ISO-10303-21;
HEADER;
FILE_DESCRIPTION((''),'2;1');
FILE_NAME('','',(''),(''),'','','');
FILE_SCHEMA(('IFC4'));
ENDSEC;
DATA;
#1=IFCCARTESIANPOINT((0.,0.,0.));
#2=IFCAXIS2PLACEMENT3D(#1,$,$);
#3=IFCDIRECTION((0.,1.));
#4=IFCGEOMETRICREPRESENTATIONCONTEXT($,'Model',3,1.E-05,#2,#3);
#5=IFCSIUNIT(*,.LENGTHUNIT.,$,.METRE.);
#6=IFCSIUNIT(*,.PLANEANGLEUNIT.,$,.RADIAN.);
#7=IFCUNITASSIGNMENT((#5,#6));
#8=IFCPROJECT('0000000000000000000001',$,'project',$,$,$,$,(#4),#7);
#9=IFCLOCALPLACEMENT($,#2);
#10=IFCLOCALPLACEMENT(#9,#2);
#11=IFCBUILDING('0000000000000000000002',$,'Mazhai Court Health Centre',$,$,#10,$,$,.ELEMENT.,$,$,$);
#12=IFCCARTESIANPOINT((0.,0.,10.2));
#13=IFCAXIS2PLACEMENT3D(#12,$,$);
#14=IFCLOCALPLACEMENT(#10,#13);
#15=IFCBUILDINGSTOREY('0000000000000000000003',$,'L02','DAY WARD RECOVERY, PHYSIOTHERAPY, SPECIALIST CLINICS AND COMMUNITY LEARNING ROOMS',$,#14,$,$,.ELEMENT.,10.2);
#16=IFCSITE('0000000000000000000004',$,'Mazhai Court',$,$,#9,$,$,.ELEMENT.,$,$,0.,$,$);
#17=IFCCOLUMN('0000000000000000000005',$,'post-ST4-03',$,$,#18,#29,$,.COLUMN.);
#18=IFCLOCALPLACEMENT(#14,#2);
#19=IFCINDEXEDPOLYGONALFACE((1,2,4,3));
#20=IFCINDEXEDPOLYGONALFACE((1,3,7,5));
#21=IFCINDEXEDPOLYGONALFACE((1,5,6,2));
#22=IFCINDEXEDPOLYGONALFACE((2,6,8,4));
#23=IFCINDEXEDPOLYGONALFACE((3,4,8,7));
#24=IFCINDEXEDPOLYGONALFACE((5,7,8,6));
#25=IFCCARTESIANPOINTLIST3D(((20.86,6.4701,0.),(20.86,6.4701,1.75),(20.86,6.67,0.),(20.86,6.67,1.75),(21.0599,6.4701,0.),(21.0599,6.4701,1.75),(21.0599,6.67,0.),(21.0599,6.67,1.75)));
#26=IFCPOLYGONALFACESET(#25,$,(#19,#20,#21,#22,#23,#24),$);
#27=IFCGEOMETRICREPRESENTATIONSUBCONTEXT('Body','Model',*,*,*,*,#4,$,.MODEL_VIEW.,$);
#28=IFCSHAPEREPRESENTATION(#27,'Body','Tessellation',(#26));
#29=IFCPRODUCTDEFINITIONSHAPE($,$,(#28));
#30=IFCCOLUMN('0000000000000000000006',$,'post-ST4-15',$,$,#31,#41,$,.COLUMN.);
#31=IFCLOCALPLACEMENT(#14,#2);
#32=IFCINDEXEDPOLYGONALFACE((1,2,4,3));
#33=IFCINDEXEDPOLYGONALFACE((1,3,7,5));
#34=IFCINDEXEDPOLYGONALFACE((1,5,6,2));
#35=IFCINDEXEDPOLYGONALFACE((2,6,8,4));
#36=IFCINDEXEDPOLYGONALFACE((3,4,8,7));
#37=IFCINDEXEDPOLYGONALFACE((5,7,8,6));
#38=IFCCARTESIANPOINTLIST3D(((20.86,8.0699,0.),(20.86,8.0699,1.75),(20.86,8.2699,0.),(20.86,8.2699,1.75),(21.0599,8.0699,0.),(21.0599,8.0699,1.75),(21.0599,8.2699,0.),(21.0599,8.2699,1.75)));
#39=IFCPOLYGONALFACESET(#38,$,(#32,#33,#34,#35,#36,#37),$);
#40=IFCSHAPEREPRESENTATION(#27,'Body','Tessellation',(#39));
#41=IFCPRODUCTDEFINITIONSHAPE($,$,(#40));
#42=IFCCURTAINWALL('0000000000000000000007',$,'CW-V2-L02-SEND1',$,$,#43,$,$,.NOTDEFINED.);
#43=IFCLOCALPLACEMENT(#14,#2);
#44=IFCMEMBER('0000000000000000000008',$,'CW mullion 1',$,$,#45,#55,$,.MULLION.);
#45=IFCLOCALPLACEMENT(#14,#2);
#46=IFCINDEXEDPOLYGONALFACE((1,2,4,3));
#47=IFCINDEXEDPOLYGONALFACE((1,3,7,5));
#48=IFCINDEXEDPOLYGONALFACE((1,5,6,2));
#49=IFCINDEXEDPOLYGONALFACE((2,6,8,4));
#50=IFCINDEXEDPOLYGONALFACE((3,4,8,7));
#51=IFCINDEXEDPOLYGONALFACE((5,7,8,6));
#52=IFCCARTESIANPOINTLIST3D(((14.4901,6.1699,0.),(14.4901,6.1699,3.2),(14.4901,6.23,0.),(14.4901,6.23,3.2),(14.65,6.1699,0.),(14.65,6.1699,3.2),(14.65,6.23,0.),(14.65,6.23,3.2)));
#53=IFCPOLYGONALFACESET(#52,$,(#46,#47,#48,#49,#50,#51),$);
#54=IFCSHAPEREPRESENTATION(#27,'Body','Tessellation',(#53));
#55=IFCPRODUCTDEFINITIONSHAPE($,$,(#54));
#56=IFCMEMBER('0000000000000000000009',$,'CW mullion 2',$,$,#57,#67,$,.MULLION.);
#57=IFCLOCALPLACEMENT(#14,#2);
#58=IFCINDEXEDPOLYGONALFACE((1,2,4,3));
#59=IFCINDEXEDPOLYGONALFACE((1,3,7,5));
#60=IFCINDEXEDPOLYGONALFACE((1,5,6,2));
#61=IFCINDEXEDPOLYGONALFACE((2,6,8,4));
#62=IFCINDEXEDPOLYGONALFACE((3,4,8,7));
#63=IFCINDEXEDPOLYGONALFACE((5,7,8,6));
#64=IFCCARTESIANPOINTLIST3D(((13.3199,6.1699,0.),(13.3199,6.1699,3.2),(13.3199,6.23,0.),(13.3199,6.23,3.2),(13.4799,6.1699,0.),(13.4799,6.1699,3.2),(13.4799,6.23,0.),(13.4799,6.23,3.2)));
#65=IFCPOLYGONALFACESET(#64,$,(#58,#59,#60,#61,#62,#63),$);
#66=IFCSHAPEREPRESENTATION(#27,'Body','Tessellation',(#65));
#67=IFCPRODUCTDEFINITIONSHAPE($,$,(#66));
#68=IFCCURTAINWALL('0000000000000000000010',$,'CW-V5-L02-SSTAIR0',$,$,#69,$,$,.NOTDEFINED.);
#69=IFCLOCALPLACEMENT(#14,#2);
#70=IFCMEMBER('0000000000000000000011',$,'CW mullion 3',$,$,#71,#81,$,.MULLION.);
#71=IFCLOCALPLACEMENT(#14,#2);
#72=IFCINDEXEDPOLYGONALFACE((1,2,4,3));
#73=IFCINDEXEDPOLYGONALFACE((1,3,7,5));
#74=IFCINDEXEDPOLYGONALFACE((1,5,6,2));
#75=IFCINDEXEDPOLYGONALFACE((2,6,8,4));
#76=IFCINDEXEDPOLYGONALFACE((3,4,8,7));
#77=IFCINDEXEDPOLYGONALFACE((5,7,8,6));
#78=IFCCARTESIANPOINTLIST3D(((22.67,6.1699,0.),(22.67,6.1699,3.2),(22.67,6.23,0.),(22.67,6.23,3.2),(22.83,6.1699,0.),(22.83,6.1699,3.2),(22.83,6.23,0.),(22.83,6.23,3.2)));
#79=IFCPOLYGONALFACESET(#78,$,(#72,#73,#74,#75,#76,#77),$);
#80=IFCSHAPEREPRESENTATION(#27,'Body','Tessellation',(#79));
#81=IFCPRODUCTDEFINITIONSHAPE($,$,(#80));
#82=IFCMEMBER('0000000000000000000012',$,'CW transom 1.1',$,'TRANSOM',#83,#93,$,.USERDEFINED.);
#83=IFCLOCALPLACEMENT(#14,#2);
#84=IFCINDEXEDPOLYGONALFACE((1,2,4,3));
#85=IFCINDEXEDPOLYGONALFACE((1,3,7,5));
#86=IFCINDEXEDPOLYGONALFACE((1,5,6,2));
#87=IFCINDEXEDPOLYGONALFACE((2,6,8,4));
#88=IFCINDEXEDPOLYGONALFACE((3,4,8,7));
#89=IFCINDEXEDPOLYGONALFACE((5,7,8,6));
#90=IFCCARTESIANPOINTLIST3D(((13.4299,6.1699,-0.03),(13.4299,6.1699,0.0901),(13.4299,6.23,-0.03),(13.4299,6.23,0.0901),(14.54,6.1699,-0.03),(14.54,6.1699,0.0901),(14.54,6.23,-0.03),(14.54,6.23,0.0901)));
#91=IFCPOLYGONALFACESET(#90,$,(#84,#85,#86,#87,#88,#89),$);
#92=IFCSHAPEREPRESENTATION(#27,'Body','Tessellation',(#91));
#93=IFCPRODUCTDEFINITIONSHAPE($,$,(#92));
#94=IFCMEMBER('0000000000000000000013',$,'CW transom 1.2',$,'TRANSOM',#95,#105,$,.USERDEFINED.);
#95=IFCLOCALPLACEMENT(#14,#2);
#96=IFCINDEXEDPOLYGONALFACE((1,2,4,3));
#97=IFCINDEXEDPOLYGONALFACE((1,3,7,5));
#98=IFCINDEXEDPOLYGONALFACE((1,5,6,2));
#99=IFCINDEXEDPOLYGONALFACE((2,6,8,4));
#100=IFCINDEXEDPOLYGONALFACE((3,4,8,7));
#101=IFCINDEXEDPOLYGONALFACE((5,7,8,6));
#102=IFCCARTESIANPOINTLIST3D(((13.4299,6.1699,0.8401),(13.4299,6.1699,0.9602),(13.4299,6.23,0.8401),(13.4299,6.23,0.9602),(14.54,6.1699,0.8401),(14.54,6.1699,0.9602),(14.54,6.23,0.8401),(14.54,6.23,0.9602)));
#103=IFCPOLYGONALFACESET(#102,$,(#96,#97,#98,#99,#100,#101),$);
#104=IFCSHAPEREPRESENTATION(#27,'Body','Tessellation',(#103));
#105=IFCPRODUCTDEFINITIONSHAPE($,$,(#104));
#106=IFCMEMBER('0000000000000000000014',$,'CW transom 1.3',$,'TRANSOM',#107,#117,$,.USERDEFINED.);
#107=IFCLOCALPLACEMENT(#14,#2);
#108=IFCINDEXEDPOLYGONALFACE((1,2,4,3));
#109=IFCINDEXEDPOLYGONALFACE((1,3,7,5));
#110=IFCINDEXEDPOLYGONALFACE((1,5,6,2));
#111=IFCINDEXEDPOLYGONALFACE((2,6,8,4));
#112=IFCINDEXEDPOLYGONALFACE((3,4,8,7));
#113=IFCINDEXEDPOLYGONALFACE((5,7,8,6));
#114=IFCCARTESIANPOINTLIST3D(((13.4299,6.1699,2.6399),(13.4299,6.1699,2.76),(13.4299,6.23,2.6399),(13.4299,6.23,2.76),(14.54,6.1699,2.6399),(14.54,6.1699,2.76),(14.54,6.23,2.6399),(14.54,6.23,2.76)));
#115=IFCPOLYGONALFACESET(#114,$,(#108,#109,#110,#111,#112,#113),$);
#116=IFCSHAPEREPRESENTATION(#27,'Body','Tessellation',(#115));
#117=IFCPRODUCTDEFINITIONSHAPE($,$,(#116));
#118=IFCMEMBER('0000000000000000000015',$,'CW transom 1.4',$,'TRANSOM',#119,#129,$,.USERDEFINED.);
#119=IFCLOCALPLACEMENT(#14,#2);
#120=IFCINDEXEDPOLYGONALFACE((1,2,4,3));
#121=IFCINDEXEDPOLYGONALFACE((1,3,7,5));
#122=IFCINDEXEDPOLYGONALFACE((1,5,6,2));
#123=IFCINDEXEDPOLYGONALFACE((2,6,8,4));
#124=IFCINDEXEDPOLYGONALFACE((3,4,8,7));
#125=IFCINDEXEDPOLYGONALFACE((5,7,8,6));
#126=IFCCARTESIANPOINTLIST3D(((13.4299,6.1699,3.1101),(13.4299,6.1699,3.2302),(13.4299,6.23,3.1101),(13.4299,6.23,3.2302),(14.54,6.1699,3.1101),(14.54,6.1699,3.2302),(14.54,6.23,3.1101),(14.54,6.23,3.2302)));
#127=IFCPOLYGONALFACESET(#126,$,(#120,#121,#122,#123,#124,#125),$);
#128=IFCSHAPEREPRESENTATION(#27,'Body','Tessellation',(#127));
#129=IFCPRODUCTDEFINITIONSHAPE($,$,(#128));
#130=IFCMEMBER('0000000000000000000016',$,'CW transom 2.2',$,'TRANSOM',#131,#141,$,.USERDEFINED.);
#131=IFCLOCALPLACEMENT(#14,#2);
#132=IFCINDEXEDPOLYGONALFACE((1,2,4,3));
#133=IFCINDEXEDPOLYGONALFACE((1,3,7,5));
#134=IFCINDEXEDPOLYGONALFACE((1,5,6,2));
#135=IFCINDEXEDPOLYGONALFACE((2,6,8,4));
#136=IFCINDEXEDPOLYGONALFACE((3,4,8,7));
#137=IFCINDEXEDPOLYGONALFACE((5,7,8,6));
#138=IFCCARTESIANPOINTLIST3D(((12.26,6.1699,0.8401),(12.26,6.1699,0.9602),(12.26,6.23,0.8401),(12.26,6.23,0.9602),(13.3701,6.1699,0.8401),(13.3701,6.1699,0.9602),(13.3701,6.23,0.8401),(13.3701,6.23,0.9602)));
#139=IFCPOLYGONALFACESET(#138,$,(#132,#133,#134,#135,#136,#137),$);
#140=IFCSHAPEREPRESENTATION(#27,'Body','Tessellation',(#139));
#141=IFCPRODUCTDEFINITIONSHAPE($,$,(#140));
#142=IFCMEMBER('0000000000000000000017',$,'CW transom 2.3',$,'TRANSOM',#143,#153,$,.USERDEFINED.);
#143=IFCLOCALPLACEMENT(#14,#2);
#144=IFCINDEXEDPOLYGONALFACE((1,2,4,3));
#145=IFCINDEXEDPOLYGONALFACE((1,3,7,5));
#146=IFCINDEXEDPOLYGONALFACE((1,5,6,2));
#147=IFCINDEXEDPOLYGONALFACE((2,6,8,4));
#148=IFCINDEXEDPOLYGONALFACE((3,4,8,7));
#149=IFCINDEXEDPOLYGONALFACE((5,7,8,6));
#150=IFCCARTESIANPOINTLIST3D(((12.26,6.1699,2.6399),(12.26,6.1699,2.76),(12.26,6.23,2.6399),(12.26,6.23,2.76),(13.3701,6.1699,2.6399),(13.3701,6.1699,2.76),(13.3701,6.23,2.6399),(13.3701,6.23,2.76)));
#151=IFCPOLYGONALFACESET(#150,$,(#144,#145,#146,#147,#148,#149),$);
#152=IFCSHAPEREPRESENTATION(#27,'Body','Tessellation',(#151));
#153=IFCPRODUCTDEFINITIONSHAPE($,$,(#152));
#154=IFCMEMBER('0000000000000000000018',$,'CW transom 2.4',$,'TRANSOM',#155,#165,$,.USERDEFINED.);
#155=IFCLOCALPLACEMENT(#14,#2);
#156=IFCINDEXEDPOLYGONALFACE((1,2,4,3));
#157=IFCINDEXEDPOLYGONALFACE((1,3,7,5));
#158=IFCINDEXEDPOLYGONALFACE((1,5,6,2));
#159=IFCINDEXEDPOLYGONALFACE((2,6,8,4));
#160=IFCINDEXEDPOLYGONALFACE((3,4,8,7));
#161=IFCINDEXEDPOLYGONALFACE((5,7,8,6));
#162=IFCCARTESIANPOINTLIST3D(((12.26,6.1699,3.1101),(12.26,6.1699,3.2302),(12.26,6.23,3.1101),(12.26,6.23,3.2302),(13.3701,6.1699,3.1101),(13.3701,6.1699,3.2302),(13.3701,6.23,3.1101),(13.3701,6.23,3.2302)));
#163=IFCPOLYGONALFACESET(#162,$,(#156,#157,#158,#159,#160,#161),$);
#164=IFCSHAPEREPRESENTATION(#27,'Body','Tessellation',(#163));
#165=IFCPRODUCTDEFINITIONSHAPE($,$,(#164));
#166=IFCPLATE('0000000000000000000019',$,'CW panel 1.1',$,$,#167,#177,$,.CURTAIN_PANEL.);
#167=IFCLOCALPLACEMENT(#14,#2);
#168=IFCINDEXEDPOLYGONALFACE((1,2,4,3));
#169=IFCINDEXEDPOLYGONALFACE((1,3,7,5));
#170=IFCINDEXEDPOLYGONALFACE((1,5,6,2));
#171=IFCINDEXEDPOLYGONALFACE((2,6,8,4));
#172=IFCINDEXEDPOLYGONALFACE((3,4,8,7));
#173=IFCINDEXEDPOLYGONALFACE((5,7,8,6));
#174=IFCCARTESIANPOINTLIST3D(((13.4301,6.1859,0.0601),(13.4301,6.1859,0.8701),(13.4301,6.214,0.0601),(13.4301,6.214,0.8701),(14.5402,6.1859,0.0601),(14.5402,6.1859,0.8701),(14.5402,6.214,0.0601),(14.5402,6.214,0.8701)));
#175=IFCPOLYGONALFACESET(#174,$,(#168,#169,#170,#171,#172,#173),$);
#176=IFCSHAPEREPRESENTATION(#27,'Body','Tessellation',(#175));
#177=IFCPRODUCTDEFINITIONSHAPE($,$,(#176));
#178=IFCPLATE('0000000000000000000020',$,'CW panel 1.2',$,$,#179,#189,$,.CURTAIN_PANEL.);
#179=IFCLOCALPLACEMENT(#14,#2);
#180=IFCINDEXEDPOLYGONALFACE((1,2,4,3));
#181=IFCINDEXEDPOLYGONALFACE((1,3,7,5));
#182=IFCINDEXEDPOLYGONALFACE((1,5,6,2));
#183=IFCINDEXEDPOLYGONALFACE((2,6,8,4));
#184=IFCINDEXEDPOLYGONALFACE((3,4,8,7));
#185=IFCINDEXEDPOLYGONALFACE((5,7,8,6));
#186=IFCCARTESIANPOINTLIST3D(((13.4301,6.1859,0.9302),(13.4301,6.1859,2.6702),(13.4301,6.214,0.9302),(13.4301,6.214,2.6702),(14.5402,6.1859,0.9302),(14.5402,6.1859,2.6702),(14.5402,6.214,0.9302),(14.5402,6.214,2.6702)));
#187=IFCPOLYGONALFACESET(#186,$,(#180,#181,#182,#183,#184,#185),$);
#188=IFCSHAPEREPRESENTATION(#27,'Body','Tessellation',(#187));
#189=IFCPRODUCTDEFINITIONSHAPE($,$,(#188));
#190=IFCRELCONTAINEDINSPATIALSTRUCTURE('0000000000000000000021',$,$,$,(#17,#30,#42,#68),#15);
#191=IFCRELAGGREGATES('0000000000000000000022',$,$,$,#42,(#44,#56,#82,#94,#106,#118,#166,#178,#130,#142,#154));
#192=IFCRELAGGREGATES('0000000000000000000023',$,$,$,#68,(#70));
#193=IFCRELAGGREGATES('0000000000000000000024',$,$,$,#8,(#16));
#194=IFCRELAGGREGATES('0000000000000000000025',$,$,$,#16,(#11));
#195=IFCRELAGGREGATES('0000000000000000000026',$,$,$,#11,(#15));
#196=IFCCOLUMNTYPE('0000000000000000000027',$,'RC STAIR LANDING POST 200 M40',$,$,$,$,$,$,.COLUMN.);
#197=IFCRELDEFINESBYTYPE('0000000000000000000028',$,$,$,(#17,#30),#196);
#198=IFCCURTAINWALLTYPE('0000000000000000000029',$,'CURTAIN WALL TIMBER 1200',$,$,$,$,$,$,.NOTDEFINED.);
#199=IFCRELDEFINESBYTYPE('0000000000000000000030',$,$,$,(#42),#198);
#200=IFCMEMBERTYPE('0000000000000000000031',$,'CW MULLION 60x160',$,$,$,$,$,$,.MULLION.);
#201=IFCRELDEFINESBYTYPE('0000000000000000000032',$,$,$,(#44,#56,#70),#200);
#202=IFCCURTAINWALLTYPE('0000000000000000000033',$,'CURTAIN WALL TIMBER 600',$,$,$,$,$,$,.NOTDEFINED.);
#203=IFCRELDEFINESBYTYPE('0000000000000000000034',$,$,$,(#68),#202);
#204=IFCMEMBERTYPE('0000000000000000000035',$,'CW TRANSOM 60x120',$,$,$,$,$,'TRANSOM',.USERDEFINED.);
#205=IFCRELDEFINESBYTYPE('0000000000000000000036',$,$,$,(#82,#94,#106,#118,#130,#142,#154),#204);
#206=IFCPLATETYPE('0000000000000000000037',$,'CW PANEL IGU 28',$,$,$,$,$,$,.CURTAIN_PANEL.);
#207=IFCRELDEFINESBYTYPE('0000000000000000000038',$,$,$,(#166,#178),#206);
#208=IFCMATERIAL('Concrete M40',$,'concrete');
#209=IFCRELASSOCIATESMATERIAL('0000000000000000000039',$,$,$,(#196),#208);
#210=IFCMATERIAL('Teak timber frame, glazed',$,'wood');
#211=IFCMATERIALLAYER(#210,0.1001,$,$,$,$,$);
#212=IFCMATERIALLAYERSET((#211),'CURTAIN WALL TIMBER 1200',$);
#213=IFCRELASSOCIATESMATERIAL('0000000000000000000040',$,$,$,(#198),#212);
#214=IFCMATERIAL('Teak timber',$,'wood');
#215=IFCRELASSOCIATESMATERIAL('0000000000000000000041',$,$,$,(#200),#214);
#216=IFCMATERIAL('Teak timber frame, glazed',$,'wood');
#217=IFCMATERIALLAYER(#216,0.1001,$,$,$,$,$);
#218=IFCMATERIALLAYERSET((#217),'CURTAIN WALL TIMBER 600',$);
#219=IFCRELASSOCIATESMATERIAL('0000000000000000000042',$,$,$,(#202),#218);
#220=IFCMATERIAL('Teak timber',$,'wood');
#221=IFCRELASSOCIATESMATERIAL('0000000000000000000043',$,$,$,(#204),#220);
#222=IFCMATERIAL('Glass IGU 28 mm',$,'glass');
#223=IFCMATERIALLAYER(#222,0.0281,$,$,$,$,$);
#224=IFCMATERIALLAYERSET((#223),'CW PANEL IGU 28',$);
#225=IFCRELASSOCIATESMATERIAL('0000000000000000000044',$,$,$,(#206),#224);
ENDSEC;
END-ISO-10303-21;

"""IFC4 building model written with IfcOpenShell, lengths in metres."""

from ifc_helpers import new_model, si_unit, direction, frame, origin, origin_2d, place, context, subcontext, project, spatial, rectangle, extrude, material, layer, layer_set, material_profile, profile_set, type_object, element, aggregate, save


model = new_model("IFC4")

# Units and contexts
model_context = context("Model", 3, precision=1e-05, world=origin(), true_north=direction((0.0, 1.0)))
body_context = subcontext(model_context, "Body", "Model", "MODEL_VIEW")
ifc_project = project(units=[si_unit("LENGTHUNIT", "METRE"), si_unit("PLANEANGLEUNIT", "RADIAN")], contexts=[model_context])

# Site, building, storey
site_placement = place(None, origin())
site = spatial("IfcSite", under=ifc_project, at=site_placement, Name="Mazhai Court", CompositionType="ELEMENT", RefElevation=0.0)
building_placement = place(site_placement, origin())
building = spatial("IfcBuilding", under=site, at=building_placement, Name="Mazhai Court Health Centre", CompositionType="ELEMENT")
storey_placement = place(building_placement, frame((0.0, 0.0, 10.2)))
storey = spatial("IfcBuildingStorey", under=building, at=storey_placement, Name="L02", Description="DAY WARD RECOVERY, PHYSIOTHERAPY, SPECIALIST CLINICS AND COMMUNITY LEARNING ROOMS", CompositionType="ELEMENT", Elevation=10.2)

# Columns
ifc_material_1 = material(Name="Concrete M40", Category="concrete")
ifc_material_profile_1 = material_profile(ifc_material_1, rectangle(XDim=0.2, YDim=0.2, at=origin_2d()), Name="RC 200x200")
ifc_profile_set_1 = profile_set([ifc_material_profile_1], Name="Concrete M40")
column_type = type_object("IfcColumnType", Name="RC STAIR LANDING POST 200 M40", PredefinedType="COLUMN", material=ifc_profile_set_1)
for number, where, z_axis, x_axis, name in (
    (1, (20.96, 6.5701, 0.0), (0.0, 0.0, 1.0), (1.0, 0.0, 0.0), "post-ST4-03"),
    (2, (20.96, 8.1699, 0.0), (0.0, 0.0, 1.0), (1.0, 0.0, 0.0), "post-ST4-15"),
):
    element("IfcColumn", number, at=place(storey_placement, frame(where, z_axis=z_axis, x_axis=x_axis)), inside=storey, type_object=column_type, Name=name, PredefinedType="COLUMN", context=body_context, shape_type="SweptSolid", body=[
        extrude(rectangle(XDim=0.2, YDim=0.2, at=origin_2d()), origin(), (0.0, 0.0, 1.0), 1.75),
    ])

# Curtain wall, members
ifc_material_2 = material(Name="Teak timber frame, glazed", Category="wood")
ifc_layer_1 = layer(ifc_material_2, 0.1001)
ifc_layer_set_1 = layer_set([ifc_layer_1], Name="CURTAIN WALL TIMBER 1200")
curtain_wall_type_1 = type_object("IfcCurtainWallType", Name="CURTAIN WALL TIMBER 1200", PredefinedType="NOTDEFINED", material=ifc_layer_set_1)
curtain_wall_1_placement = place(storey_placement, origin())
curtain_wall_1 = element("IfcCurtainWall", 3, at=curtain_wall_1_placement, inside=storey, type_object=curtain_wall_type_1, Name="CW-V2-L02-SEND1", PredefinedType="NOTDEFINED")
ifc_material_3 = material(Name="Teak timber", Category="wood")
ifc_material_profile_2 = material_profile(ifc_material_3, rectangle(XDim=0.0601, YDim=0.1599, at=origin_2d()), Name="CW MULLION 60x160")
ifc_profile_set_2 = profile_set([ifc_material_profile_2], Name="Teak timber")
member_type_1 = type_object("IfcMemberType", Name="CW MULLION 60x160", PredefinedType="MULLION", material=ifc_profile_set_2)
member_1_placement = place(storey_placement, frame((14.5701, 6.2, 0.0), z_axis=(0.0, 0.0, 1.0), x_axis=(0.0, -1.0, 0.0)))
member_1 = element("IfcMember", 4, at=member_1_placement, type_object=member_type_1, Name="CW mullion 1", PredefinedType="MULLION", context=body_context, shape_type="SweptSolid", body=[
    extrude(rectangle(XDim=0.0601, YDim=0.1599, at=origin_2d()), origin(), (0.0, 0.0, 1.0), 3.2),
])
member_2_placement = place(storey_placement, frame((13.3999, 6.2, 0.0), z_axis=(0.0, 0.0, 1.0), x_axis=(0.0, -1.0, 0.0)))
member_2 = element("IfcMember", 5, at=member_2_placement, type_object=member_type_1, Name="CW mullion 2", PredefinedType="MULLION", context=body_context, shape_type="SweptSolid", body=[
    extrude(rectangle(XDim=0.0601, YDim=0.1599, at=origin_2d()), origin(), (0.0, 0.0, 1.0), 3.2),
])

# Curtain wall, member
ifc_material_4 = material(Name="Teak timber frame, glazed", Category="wood")
ifc_layer_2 = layer(ifc_material_4, 0.1001)
ifc_layer_set_2 = layer_set([ifc_layer_2], Name="CURTAIN WALL TIMBER 600")
curtain_wall_type_2 = type_object("IfcCurtainWallType", Name="CURTAIN WALL TIMBER 600", PredefinedType="NOTDEFINED", material=ifc_layer_set_2)
curtain_wall_2_placement = place(storey_placement, origin())
curtain_wall_2 = element("IfcCurtainWall", 6, at=curtain_wall_2_placement, inside=storey, type_object=curtain_wall_type_2, Name="CW-V5-L02-SSTAIR0", PredefinedType="NOTDEFINED")
member_3_placement = place(storey_placement, frame((22.75, 6.2, 0.0), z_axis=(0.0, 0.0, 1.0), x_axis=(0.0, -1.0, 0.0)))
member_3 = element("IfcMember", 7, at=member_3_placement, type_object=member_type_1, Name="CW mullion 3", PredefinedType="MULLION", context=body_context, shape_type="SweptSolid", body=[
    extrude(rectangle(XDim=0.0601, YDim=0.1599, at=origin_2d()), origin(), (0.0, 0.0, 1.0), 3.2),
])

# Members
ifc_material_5 = material(Name="Teak timber", Category="wood")
ifc_material_profile_3 = material_profile(ifc_material_5, rectangle(XDim=0.0601, YDim=0.1201, at=origin_2d()), Name="CW TRANSOM 60x120")
ifc_profile_set_3 = profile_set([ifc_material_profile_3], Name="Teak timber")
member_type_2 = type_object("IfcMemberType", Name="CW TRANSOM 60x120", ElementType="TRANSOM", PredefinedType="USERDEFINED", material=ifc_profile_set_3)
member_4_placement = place(storey_placement, frame((14.54, 6.2, 0.03), z_axis=(-1.0, 0.0, 0.0), x_axis=(0.0, -1.0, 0.0)))
member_4 = element("IfcMember", 8, at=member_4_placement, type_object=member_type_2, Name="CW transom 1.1", ObjectType="TRANSOM", PredefinedType="USERDEFINED", context=body_context, shape_type="SweptSolid", body=[
    extrude(rectangle(XDim=0.0601, YDim=0.1201, at=origin_2d()), origin(), (0.0, 0.0, 1.0), 1.1101),
])
member_5_placement = place(storey_placement, frame((14.54, 6.2, 0.9001), z_axis=(-1.0, 0.0, 0.0), x_axis=(0.0, -1.0, 0.0)))
member_5 = element("IfcMember", 9, at=member_5_placement, type_object=member_type_2, Name="CW transom 1.2", ObjectType="TRANSOM", PredefinedType="USERDEFINED", context=body_context, shape_type="SweptSolid", body=[
    extrude(rectangle(XDim=0.0601, YDim=0.1201, at=origin_2d()), origin(), (0.0, 0.0, 1.0), 1.1101),
])
member_6_placement = place(storey_placement, frame((14.54, 6.2, 2.7), z_axis=(-1.0, 0.0, 0.0), x_axis=(0.0, -1.0, 0.0)))
member_6 = element("IfcMember", 10, at=member_6_placement, type_object=member_type_2, Name="CW transom 1.3", ObjectType="TRANSOM", PredefinedType="USERDEFINED", context=body_context, shape_type="SweptSolid", body=[
    extrude(rectangle(XDim=0.0601, YDim=0.1201, at=origin_2d()), origin(), (0.0, 0.0, 1.0), 1.1101),
])
member_7_placement = place(storey_placement, frame((14.54, 6.2, 3.1702), z_axis=(-1.0, 0.0, 0.0), x_axis=(0.0, -1.0, 0.0)))
member_7 = element("IfcMember", 11, at=member_7_placement, type_object=member_type_2, Name="CW transom 1.4", ObjectType="TRANSOM", PredefinedType="USERDEFINED", context=body_context, shape_type="SweptSolid", body=[
    extrude(rectangle(XDim=0.0601, YDim=0.1201, at=origin_2d()), origin(), (0.0, 0.0, 1.0), 1.1101),
])
member_8_placement = place(storey_placement, frame((13.3701, 6.2, 0.9001), z_axis=(-1.0, 0.0, 0.0), x_axis=(0.0, -1.0, 0.0)))
member_8 = element("IfcMember", 12, at=member_8_placement, type_object=member_type_2, Name="CW transom 2.2", ObjectType="TRANSOM", PredefinedType="USERDEFINED", context=body_context, shape_type="SweptSolid", body=[
    extrude(rectangle(XDim=0.0601, YDim=0.1201, at=origin_2d()), origin(), (0.0, 0.0, 1.0), 1.1101),
])
member_9_placement = place(storey_placement, frame((13.3701, 6.2, 2.7), z_axis=(-1.0, 0.0, 0.0), x_axis=(0.0, -1.0, 0.0)))
member_9 = element("IfcMember", 13, at=member_9_placement, type_object=member_type_2, Name="CW transom 2.3", ObjectType="TRANSOM", PredefinedType="USERDEFINED", context=body_context, shape_type="SweptSolid", body=[
    extrude(rectangle(XDim=0.0601, YDim=0.1201, at=origin_2d()), origin(), (0.0, 0.0, 1.0), 1.1101),
])
member_10_placement = place(storey_placement, frame((13.3701, 6.2, 3.1702), z_axis=(-1.0, 0.0, 0.0), x_axis=(0.0, -1.0, 0.0)))
member_10 = element("IfcMember", 14, at=member_10_placement, type_object=member_type_2, Name="CW transom 2.4", ObjectType="TRANSOM", PredefinedType="USERDEFINED", context=body_context, shape_type="SweptSolid", body=[
    extrude(rectangle(XDim=0.0601, YDim=0.1201, at=origin_2d()), origin(), (0.0, 0.0, 1.0), 1.1101),
])

# Plates
ifc_material_6 = material(Name="Glass IGU 28 mm", Category="glass")
ifc_layer_3 = layer(ifc_material_6, 0.0281)
ifc_layer_set_3 = layer_set([ifc_layer_3], Name="CW PANEL IGU 28")
plate_type = type_object("IfcPlateType", Name="CW PANEL IGU 28", PredefinedType="CURTAIN_PANEL", material=ifc_layer_set_3)
plate_1_placement = place(storey_placement, frame((13.9851, 6.2, 0.0601), z_axis=(0.0, 0.0, 1.0), x_axis=(-1.0, 0.0, 0.0)))
plate_1 = element("IfcPlate", 15, at=plate_1_placement, type_object=plate_type, Name="CW panel 1.1", PredefinedType="CURTAIN_PANEL", context=body_context, shape_type="SweptSolid", body=[
    extrude(rectangle(XDim=1.1101, YDim=0.0281, at=origin_2d()), origin(), (0.0, 0.0, 1.0), 0.8101),
])
plate_2_placement = place(storey_placement, frame((13.9851, 6.2, 0.9302), z_axis=(0.0, 0.0, 1.0), x_axis=(-1.0, 0.0, 0.0)))
plate_2 = element("IfcPlate", 16, at=plate_2_placement, type_object=plate_type, Name="CW panel 1.2", PredefinedType="CURTAIN_PANEL", context=body_context, shape_type="SweptSolid", body=[
    extrude(rectangle(XDim=1.1101, YDim=0.0281, at=origin_2d()), origin(), (0.0, 0.0, 1.0), 1.74),
])
aggregate(curtain_wall_1, [member_1, member_2, member_4, member_5, member_6, member_7, plate_1, plate_2, member_8, member_9, member_10])
aggregate(curtain_wall_2, [member_3])

save(model, "model.ifc")
